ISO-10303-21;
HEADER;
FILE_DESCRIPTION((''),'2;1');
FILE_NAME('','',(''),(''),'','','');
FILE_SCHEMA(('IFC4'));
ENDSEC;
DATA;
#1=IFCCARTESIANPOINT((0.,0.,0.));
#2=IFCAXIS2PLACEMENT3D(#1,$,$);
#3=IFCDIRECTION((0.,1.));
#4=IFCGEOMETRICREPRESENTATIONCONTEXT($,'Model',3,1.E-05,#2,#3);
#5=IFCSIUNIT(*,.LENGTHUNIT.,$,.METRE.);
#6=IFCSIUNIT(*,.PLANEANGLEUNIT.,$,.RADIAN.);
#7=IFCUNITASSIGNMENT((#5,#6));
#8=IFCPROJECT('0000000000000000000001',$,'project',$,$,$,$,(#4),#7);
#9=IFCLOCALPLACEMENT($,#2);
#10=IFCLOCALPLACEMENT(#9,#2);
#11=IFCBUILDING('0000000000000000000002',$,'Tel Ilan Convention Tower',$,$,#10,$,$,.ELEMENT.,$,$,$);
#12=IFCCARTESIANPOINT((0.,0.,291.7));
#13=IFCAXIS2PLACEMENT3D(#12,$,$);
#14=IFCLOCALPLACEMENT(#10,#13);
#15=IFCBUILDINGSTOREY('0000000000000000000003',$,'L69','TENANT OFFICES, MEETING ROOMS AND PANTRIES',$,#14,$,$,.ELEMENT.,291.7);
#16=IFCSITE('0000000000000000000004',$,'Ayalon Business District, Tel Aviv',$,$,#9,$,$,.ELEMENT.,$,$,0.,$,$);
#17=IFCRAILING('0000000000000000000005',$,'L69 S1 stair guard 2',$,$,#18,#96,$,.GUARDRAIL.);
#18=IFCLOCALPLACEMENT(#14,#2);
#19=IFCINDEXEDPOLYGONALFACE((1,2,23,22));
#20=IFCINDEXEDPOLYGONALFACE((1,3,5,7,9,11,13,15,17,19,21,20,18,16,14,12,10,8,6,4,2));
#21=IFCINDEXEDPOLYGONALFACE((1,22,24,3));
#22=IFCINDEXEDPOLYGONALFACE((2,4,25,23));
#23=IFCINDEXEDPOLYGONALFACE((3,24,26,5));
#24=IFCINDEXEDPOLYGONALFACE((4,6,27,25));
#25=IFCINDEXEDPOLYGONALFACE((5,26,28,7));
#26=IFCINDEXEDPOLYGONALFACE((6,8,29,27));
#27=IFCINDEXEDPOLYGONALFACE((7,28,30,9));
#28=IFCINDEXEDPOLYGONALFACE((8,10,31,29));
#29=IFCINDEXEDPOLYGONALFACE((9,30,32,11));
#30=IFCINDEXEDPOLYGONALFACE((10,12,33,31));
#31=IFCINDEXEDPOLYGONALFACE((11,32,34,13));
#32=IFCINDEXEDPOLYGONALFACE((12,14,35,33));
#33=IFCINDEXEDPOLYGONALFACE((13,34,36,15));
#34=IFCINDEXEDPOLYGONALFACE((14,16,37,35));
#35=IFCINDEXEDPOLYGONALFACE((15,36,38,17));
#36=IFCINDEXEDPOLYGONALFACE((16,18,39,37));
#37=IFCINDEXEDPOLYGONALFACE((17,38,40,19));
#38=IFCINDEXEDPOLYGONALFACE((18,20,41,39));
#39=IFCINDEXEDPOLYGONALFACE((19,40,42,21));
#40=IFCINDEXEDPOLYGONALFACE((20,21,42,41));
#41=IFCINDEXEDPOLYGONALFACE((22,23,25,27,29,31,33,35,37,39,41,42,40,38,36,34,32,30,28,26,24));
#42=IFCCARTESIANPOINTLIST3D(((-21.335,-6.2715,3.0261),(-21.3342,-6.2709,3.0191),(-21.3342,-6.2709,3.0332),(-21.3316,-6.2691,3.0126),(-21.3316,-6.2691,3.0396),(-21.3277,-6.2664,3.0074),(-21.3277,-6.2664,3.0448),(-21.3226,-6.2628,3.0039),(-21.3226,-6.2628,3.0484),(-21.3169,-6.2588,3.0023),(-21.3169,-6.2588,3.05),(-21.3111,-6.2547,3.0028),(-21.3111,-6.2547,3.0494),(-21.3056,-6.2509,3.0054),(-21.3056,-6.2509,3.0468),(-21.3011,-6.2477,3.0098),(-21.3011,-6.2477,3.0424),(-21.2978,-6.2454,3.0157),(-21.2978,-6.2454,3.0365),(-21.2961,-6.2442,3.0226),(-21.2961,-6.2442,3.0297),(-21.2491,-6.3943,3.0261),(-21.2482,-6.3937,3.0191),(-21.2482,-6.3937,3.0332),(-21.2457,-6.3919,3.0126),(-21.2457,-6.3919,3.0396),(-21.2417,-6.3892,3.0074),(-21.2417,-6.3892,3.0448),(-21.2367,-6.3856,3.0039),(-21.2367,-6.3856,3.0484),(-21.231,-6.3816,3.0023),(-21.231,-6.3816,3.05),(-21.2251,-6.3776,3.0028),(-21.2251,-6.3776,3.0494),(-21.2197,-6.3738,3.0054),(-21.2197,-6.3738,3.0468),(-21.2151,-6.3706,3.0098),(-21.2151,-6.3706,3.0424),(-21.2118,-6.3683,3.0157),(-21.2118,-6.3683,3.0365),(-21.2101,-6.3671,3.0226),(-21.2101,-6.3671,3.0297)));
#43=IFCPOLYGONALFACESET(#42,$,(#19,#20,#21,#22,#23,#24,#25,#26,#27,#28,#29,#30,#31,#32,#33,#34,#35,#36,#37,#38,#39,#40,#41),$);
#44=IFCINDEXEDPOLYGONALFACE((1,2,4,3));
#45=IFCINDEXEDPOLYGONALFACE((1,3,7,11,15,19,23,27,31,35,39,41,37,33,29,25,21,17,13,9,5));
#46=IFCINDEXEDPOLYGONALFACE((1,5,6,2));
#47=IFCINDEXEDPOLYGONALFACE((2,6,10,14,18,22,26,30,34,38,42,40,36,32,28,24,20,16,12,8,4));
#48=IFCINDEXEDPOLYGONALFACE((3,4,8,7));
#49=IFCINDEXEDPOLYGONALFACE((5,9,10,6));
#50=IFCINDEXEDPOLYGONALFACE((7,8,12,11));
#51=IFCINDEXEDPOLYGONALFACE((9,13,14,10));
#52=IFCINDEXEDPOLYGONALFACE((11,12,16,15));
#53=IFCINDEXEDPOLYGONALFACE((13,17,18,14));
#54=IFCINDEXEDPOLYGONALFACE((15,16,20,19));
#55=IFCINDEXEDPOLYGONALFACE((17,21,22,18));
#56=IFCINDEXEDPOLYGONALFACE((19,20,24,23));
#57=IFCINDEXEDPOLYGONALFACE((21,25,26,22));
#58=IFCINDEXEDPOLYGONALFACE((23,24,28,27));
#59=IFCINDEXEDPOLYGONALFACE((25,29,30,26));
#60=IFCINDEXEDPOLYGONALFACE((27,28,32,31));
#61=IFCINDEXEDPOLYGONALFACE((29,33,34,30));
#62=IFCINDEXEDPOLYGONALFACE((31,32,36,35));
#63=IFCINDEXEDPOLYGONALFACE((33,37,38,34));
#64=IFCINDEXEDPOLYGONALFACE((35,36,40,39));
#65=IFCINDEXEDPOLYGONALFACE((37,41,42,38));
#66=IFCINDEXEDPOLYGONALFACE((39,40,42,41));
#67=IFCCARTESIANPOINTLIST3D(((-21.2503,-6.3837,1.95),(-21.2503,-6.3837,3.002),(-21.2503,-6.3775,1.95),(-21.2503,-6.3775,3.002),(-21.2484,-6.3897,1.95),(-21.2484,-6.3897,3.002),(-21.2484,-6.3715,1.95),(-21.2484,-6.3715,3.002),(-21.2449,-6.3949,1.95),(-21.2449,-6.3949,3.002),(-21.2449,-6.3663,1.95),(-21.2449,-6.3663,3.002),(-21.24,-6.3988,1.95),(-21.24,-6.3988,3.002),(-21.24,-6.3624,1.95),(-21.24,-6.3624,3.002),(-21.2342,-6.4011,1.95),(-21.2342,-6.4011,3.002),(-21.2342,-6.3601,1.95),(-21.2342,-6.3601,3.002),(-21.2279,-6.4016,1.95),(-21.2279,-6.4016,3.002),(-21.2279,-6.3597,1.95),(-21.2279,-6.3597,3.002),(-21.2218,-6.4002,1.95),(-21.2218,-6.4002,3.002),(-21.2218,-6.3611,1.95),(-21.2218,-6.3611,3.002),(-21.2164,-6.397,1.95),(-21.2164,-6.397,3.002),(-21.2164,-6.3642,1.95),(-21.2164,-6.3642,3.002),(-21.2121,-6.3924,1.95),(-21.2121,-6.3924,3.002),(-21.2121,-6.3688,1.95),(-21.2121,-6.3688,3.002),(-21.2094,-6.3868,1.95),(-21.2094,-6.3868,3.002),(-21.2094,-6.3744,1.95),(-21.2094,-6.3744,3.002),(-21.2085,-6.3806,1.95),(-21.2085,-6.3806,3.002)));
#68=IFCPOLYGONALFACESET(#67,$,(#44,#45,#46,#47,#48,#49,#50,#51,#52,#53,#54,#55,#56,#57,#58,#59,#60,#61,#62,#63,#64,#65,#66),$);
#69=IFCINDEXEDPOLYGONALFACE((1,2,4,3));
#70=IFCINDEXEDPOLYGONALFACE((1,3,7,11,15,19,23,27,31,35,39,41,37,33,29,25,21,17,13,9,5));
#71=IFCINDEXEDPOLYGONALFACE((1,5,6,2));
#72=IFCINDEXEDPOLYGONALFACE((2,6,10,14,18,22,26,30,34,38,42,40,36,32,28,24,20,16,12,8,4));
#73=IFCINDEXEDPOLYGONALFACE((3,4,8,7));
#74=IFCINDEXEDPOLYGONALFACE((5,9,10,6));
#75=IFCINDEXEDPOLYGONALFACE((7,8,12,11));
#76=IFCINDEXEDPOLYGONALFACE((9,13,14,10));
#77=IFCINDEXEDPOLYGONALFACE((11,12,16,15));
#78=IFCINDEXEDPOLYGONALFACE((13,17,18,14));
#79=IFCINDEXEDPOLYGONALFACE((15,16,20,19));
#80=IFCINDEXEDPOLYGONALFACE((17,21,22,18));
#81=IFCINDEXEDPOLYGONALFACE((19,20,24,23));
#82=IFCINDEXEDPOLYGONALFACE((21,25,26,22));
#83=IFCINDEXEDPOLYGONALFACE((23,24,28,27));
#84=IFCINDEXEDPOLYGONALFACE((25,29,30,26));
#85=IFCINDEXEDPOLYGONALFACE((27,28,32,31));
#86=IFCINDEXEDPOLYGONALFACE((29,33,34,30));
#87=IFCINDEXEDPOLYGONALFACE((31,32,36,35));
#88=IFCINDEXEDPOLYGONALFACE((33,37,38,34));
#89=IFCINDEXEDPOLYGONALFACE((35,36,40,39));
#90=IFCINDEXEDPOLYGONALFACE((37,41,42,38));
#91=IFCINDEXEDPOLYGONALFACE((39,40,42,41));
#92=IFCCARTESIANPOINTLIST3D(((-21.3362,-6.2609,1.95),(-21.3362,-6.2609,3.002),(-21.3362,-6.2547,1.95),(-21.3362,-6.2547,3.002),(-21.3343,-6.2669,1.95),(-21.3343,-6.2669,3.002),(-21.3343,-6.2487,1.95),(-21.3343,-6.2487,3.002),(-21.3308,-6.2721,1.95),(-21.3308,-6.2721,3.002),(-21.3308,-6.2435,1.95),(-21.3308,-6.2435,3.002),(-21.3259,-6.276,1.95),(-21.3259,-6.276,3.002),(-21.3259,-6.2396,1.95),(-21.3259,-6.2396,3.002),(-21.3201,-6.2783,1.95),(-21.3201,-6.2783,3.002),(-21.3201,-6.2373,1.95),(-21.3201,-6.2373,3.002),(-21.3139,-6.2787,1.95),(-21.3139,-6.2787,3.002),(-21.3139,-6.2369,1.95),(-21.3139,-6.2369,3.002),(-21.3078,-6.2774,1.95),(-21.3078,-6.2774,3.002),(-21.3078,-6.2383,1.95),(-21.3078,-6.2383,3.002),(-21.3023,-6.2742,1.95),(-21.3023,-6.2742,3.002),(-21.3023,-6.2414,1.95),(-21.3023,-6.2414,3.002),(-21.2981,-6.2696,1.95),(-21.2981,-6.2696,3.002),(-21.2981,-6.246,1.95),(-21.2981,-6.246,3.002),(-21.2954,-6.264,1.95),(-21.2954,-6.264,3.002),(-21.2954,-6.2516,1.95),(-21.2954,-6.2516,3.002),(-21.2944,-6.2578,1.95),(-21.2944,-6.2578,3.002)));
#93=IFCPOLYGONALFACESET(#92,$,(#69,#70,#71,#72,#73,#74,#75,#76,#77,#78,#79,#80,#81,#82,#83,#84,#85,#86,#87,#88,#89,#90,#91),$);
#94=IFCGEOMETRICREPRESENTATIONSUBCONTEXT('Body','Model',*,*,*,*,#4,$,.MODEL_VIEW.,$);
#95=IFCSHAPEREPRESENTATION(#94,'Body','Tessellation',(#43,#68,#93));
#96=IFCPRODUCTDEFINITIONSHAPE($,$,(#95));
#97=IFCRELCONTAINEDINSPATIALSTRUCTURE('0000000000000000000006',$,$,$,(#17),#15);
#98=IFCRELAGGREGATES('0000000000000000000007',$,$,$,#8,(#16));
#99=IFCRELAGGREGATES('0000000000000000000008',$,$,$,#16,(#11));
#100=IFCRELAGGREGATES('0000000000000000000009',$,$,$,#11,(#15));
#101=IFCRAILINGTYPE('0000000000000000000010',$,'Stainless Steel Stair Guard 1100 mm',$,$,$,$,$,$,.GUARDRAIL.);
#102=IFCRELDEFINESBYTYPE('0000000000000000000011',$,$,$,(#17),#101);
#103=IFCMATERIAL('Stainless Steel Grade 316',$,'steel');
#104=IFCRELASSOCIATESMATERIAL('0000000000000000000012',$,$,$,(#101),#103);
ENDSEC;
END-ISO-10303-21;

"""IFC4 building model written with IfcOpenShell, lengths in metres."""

from ifc_helpers import new_model, si_unit, direction, frame, origin, origin_2d, place, context, subcontext, project, spatial, circle, extrude, material, type_object, element, save


model = new_model("IFC4")

# Units and contexts
model_context = context("Model", 3, precision=1e-05, world=origin(), true_north=direction((0.0, 1.0)))
body_context = subcontext(model_context, "Body", "Model", "MODEL_VIEW")
ifc_project = project(units=[si_unit("LENGTHUNIT", "METRE"), si_unit("PLANEANGLEUNIT", "RADIAN")], contexts=[model_context])

# Site, building, storey
site_placement = place(None, origin())
site = spatial("IfcSite", under=ifc_project, at=site_placement, Name="Ayalon Business District, Tel Aviv", CompositionType="ELEMENT", RefElevation=0.0)
building_placement = place(site_placement, origin())
building = spatial("IfcBuilding", under=site, at=building_placement, Name="Tel Ilan Convention Tower", CompositionType="ELEMENT")
storey_placement = place(building_placement, frame((0.0, 0.0, 291.7)))
storey = spatial("IfcBuildingStorey", under=building, at=storey_placement, Name="L69", Description="TENANT OFFICES, MEETING ROOMS AND PANTRIES", CompositionType="ELEMENT", Elevation=291.7)

# Railing
ifc_material_1 = material(Name="Stainless Steel Grade 316", Category="steel")
railing_type_1 = type_object("IfcRailingType", Name="Stainless Steel Stair Guard 1100 mm", PredefinedType="GUARDRAIL", material=ifc_material_1)
railing_1_placement = place(storey_placement, frame((-21.2295, -6.3806, 1.95)))
element("IfcRailing", 1, at=railing_1_placement, inside=storey, type_object=railing_type_1, Name="L69 S1 stair guard 2", PredefinedType="GUARDRAIL", context=body_context, shape_type="SweptSolid", body=[
    extrude(circle(Radius=0.0239, at=origin_2d()), frame((0.0, 0.0, 1.0762), z_axis=(-0.573353, 0.819308, 0.0), x_axis=(-0.819308, -0.573353, 0.0)), (0.0, 0.0, 1.0), 0.1499),
    extrude(circle(Radius=0.021, at=origin_2d()), origin(), (0.0, 0.0, 1.0), 1.052),
    extrude(circle(Radius=0.021, at=origin_2d()), frame((-0.0859, 0.1228, 0.0)), (0.0, 0.0, 1.0), 1.052),
])

save(model, "model.ifc")
